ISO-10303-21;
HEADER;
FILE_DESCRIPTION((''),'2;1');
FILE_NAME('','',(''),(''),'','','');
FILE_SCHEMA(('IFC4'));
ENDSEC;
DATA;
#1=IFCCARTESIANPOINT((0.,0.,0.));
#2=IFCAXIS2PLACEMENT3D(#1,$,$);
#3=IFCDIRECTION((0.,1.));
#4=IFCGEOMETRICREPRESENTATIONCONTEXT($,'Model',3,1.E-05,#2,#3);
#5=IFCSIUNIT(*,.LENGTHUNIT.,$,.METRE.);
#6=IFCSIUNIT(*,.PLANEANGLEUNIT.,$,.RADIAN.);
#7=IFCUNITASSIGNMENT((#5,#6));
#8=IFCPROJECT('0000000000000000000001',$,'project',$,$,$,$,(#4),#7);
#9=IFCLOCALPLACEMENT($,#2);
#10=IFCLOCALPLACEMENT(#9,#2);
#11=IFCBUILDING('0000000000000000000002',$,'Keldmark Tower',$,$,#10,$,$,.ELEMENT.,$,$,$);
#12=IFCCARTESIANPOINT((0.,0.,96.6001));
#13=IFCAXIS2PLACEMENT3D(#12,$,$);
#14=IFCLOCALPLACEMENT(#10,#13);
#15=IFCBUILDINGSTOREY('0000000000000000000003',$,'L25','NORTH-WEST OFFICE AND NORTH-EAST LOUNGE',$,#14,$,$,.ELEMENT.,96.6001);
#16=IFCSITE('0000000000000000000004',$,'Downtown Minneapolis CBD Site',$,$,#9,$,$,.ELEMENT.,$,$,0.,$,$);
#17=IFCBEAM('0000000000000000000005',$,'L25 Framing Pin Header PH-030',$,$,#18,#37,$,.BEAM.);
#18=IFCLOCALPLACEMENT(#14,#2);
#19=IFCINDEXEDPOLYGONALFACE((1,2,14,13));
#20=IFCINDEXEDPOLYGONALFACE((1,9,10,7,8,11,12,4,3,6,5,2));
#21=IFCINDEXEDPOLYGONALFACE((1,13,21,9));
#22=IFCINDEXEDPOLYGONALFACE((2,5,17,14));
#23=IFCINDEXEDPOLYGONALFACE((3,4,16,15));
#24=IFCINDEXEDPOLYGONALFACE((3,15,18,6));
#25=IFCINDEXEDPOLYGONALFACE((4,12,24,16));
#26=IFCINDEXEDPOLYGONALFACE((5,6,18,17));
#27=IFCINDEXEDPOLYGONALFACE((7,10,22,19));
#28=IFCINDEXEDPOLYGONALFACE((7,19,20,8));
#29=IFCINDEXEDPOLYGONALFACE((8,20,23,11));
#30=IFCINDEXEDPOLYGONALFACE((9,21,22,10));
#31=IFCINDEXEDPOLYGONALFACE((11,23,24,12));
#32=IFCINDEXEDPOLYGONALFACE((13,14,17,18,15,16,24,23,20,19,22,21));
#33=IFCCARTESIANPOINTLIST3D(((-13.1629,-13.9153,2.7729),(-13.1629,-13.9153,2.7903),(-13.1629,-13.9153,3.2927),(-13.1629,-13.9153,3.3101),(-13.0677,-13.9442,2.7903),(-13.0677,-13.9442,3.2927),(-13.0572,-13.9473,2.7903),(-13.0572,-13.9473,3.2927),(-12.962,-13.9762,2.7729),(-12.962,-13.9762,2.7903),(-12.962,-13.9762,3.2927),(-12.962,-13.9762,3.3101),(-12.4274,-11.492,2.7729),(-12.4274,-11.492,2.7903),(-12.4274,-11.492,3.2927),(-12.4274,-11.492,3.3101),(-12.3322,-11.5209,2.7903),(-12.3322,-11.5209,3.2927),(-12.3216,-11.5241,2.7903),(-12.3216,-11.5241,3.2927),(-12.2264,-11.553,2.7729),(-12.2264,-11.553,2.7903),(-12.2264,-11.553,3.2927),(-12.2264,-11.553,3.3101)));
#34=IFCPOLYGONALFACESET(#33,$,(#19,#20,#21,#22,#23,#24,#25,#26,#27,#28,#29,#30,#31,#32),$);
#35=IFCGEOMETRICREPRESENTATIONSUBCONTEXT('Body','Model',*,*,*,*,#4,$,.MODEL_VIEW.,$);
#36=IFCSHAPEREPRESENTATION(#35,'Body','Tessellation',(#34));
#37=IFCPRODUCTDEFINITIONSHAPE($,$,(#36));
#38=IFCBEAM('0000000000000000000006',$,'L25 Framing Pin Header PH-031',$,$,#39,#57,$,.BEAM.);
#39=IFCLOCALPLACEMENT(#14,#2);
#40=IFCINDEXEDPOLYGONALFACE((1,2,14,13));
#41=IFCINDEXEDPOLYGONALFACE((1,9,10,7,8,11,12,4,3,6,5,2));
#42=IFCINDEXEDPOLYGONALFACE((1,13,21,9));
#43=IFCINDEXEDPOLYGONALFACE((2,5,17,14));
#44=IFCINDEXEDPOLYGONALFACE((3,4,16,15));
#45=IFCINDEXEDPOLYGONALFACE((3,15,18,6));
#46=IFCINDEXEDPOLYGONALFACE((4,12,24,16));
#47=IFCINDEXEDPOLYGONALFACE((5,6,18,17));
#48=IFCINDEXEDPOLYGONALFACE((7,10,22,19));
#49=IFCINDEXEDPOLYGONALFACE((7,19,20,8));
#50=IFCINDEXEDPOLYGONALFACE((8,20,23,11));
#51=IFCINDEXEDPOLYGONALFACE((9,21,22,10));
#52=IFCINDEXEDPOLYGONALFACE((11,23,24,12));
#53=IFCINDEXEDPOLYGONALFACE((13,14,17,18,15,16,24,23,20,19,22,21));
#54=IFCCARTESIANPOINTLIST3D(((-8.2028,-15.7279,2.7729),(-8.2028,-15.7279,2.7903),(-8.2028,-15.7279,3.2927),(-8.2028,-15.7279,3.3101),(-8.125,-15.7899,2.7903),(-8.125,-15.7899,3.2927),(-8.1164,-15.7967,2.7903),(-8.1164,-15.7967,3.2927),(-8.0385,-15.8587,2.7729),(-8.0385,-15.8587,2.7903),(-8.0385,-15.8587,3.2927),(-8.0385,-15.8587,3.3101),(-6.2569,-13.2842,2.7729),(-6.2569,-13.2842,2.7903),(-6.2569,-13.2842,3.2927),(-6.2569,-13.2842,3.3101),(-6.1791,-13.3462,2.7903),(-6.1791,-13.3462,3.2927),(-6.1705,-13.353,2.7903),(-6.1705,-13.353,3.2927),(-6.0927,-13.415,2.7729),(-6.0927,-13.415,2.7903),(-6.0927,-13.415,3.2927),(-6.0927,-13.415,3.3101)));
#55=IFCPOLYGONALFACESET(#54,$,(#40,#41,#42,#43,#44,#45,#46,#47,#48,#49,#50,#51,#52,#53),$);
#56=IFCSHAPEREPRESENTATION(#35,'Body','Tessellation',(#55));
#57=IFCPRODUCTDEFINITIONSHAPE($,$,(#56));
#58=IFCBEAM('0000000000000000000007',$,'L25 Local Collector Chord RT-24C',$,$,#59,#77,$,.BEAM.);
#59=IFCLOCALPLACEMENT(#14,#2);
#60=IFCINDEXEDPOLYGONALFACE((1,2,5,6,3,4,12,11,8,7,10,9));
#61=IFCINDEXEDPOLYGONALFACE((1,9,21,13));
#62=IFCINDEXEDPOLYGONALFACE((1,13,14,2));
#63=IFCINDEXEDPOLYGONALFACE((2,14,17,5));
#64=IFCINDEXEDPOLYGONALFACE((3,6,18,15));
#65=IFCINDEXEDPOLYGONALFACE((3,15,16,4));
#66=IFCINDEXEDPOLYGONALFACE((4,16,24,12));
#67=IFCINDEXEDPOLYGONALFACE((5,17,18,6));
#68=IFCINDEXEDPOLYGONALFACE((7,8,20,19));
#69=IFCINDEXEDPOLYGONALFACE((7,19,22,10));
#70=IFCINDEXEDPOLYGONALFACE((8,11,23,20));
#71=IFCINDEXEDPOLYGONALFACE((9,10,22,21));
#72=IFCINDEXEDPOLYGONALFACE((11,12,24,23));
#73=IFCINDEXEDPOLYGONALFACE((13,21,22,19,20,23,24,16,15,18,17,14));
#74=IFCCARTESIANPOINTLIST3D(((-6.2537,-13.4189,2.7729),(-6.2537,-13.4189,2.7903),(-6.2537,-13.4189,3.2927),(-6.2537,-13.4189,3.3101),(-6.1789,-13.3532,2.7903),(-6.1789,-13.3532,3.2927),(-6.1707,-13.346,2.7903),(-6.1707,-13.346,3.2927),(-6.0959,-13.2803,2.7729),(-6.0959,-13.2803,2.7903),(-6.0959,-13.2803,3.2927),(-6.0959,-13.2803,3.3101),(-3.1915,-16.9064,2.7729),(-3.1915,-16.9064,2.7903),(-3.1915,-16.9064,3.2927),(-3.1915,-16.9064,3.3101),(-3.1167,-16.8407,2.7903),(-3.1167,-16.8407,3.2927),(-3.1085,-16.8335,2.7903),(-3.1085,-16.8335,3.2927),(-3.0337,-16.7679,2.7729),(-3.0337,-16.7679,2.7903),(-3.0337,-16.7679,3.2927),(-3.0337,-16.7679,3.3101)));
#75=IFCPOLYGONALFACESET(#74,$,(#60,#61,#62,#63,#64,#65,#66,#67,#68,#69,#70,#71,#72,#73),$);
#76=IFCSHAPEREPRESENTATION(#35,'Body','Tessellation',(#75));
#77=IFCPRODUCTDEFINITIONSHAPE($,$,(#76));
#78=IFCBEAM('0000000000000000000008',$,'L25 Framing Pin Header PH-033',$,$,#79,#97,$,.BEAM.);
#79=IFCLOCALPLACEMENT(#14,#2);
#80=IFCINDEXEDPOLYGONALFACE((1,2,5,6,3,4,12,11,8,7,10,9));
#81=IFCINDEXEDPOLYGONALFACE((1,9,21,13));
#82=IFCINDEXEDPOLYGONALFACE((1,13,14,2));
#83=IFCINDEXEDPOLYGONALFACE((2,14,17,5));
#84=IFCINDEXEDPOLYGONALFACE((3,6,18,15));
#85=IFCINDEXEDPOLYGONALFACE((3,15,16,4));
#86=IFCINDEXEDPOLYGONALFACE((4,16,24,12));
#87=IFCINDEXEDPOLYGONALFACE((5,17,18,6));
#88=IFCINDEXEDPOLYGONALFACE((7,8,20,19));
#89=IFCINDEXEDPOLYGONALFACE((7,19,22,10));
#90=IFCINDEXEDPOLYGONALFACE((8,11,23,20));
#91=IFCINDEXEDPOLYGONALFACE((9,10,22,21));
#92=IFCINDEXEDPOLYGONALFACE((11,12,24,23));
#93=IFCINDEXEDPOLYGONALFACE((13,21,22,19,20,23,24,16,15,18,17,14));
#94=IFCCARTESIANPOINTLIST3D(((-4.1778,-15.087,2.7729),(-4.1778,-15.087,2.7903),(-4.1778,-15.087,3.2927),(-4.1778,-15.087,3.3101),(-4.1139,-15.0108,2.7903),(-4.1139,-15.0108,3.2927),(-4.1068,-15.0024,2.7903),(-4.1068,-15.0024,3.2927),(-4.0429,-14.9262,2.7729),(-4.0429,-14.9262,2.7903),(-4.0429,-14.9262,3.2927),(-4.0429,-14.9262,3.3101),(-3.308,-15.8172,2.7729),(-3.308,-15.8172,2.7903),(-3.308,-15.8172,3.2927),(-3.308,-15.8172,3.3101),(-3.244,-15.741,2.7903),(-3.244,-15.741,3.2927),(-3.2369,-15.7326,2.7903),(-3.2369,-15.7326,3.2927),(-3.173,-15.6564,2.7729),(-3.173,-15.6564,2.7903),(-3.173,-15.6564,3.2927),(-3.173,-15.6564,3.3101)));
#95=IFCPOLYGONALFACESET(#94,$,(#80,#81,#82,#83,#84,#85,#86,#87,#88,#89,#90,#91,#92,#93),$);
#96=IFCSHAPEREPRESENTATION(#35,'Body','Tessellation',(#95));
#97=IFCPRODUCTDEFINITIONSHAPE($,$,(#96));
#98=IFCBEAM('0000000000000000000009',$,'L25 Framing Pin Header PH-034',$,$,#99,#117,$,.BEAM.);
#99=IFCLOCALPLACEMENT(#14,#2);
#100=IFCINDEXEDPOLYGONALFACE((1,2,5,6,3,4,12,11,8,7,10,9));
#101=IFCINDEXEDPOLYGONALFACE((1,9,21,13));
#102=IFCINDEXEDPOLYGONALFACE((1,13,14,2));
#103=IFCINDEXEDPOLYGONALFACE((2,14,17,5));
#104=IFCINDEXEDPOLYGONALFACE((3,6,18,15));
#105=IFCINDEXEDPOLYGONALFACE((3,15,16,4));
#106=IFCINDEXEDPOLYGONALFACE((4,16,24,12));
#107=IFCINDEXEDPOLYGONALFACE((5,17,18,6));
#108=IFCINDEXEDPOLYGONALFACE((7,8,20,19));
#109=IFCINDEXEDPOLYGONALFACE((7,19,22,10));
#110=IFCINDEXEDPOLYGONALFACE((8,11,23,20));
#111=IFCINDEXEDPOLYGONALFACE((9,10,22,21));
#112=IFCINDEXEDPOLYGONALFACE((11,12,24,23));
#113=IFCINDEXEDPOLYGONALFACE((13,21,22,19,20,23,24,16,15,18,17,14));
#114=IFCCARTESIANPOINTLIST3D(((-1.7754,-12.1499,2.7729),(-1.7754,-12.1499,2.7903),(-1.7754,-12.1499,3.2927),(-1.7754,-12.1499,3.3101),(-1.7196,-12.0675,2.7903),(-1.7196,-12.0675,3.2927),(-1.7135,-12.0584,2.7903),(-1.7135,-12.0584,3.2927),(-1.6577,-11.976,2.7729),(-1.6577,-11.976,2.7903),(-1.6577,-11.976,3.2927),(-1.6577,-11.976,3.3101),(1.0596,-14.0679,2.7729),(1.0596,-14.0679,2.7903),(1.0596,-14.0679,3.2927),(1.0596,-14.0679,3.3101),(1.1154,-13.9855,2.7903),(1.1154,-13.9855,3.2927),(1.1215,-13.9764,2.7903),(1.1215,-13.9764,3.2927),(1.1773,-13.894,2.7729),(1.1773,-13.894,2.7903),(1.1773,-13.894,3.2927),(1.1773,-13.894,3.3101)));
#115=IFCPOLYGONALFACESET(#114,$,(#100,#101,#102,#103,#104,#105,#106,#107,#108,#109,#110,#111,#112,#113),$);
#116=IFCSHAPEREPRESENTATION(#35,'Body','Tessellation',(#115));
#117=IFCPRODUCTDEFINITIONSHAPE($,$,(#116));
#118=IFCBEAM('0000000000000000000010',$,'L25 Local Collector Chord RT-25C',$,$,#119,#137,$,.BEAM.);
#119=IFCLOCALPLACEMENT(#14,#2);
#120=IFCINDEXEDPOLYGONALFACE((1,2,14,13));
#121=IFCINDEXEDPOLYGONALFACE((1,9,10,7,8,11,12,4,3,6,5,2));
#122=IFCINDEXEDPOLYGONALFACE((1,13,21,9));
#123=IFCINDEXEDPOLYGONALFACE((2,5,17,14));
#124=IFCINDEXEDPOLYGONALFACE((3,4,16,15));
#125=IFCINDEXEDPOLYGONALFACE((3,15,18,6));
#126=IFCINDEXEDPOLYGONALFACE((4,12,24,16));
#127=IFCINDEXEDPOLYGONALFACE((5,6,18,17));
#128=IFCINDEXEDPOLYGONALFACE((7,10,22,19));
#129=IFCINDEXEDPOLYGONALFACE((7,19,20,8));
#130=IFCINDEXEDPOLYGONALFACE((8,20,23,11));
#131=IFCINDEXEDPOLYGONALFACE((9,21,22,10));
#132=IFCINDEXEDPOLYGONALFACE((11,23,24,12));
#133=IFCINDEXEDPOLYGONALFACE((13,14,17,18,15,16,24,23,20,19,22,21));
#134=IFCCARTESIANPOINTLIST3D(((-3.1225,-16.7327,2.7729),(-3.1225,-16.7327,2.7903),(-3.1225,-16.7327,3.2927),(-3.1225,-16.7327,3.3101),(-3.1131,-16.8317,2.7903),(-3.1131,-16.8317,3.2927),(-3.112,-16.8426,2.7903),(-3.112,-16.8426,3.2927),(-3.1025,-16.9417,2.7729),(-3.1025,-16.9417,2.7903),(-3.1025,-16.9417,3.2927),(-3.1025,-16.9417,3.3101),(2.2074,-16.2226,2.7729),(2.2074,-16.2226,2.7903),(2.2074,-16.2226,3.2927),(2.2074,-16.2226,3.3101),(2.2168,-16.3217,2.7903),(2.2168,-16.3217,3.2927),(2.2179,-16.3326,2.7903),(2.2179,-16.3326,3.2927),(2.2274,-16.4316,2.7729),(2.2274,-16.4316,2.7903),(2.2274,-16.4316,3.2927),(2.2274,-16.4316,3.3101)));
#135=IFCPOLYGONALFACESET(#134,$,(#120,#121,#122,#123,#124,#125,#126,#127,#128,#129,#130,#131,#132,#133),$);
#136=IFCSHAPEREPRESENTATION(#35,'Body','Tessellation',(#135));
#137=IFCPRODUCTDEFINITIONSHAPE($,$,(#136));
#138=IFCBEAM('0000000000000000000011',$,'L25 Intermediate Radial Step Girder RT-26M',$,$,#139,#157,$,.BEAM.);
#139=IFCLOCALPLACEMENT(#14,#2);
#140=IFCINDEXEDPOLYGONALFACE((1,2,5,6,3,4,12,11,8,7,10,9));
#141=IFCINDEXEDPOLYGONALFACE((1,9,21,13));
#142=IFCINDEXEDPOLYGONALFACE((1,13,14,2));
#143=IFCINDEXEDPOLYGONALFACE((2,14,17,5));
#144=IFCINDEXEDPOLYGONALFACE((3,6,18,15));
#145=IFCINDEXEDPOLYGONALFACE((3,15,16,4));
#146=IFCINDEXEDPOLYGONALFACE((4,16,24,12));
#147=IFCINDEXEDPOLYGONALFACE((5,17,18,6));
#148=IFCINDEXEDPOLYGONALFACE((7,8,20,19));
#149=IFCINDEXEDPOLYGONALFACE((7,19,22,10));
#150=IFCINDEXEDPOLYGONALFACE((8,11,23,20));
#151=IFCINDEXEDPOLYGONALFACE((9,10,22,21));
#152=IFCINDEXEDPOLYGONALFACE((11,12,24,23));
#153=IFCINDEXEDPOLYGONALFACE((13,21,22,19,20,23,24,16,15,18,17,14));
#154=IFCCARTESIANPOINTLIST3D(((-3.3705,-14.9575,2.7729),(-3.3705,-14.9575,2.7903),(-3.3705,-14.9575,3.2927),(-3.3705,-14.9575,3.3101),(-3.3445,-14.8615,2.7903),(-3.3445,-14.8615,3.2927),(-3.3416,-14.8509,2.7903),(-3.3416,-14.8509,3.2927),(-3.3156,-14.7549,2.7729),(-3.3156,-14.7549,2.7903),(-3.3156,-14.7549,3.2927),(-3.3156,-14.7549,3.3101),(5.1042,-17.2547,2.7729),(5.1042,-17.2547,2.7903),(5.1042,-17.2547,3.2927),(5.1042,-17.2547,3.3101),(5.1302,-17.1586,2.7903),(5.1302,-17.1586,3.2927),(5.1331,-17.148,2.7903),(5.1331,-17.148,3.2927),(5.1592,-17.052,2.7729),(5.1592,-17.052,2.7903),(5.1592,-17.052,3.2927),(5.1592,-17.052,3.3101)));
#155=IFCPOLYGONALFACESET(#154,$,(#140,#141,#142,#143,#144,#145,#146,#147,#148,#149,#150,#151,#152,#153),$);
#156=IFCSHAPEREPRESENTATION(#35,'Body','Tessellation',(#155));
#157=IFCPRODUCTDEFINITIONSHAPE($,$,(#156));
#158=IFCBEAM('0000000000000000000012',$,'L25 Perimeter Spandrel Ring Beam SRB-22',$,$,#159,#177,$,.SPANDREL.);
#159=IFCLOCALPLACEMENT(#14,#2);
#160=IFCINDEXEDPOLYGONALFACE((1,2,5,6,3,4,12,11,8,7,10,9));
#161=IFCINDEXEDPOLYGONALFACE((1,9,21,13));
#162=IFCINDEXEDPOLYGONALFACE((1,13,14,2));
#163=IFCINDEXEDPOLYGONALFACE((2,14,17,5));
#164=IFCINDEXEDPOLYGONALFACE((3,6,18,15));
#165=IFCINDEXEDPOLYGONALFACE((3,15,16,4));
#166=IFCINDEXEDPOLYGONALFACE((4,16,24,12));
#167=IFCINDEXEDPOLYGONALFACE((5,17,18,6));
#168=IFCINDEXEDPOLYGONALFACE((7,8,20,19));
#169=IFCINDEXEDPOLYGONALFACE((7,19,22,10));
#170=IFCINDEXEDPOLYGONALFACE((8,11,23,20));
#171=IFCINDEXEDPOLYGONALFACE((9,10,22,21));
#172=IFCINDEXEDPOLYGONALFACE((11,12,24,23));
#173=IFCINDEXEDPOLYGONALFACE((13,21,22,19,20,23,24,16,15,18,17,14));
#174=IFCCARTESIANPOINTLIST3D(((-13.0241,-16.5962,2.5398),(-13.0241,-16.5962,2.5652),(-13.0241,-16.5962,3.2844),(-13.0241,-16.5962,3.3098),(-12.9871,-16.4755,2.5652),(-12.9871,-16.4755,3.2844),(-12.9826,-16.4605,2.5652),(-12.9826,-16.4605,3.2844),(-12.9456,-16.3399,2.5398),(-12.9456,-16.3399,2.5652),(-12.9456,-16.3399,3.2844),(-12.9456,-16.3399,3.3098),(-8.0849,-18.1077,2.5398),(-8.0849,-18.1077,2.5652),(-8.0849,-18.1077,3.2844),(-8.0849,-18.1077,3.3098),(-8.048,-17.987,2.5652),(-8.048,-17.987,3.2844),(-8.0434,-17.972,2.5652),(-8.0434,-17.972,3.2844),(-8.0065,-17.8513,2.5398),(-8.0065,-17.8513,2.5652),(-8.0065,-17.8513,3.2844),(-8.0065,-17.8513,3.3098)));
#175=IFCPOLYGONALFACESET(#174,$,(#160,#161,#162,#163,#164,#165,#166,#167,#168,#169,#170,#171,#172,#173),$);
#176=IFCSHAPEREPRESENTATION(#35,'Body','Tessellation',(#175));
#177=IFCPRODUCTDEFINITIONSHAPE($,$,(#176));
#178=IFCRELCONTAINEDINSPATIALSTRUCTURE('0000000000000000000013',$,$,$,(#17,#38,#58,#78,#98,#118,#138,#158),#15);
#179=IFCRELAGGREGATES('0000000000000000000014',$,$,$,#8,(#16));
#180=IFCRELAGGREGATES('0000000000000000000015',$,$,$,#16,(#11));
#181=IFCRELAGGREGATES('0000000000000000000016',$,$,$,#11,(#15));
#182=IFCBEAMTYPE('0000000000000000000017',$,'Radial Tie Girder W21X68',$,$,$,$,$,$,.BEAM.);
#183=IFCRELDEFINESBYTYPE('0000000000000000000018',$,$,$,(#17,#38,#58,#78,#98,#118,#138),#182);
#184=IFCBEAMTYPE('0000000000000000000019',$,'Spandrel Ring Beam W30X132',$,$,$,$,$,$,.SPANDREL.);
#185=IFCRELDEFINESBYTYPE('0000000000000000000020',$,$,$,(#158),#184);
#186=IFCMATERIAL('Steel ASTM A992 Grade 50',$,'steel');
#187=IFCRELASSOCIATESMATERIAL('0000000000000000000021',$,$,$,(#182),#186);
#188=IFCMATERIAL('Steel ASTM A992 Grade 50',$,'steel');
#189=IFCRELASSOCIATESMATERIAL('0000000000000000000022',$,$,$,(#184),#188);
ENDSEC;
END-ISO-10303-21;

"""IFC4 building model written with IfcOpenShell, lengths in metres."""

from ifc_helpers import new_model, si_unit, direction, frame, origin, origin_2d, place, context, subcontext, project, spatial, i_section, extrude, material, material_profile, profile_set, type_object, element, save


model = new_model("IFC4")

# Units and contexts
model_context = context("Model", 3, precision=1e-05, world=origin(), true_north=direction((0.0, 1.0)))
body_context = subcontext(model_context, "Body", "Model", "MODEL_VIEW")
ifc_project = project(units=[si_unit("LENGTHUNIT", "METRE"), si_unit("PLANEANGLEUNIT", "RADIAN")], contexts=[model_context])

# Site, building, storey
site_placement = place(None, origin())
site = spatial("IfcSite", under=ifc_project, at=site_placement, Name="Downtown Minneapolis CBD Site", CompositionType="ELEMENT", RefElevation=0.0)
building_placement = place(site_placement, origin())
building = spatial("IfcBuilding", under=site, at=building_placement, Name="Keldmark Tower", CompositionType="ELEMENT")
storey_placement = place(building_placement, frame((0.0, 0.0, 96.6001)))
storey = spatial("IfcBuildingStorey", under=building, at=storey_placement, Name="L25", Description="NORTH-WEST OFFICE AND NORTH-EAST LOUNGE", CompositionType="ELEMENT", Elevation=96.6001)

# Beams
ifc_material_1 = material(Name="Steel ASTM A992 Grade 50", Category="steel")
ifc_material_profile_1 = material_profile(ifc_material_1, i_section(OverallWidth=0.21, OverallDepth=0.5371, WebThickness=0.011, FlangeThickness=0.0173, at=origin_2d()), Name="W21X68")
ifc_profile_set_1 = profile_set([ifc_material_profile_1], Name="Steel ASTM A992 Grade 50")
beam_type_1 = type_object("IfcBeamType", Name="Radial Tie Girder W21X68", PredefinedType="BEAM", material=ifc_profile_set_1)
beam_1_placement = place(storey_placement, frame((-12.3269, -11.5225, 3.0415), z_axis=(-0.29046, -0.956887, 0.0), x_axis=(0.956887, -0.29046, 0.0)))
element("IfcBeam", 1, at=beam_1_placement, inside=storey, type_object=beam_type_1, Name="L25 Framing Pin Header PH-030", PredefinedType="BEAM", context=body_context, shape_type="SweptSolid", body=[
    extrude(i_section(OverallWidth=0.21, OverallDepth=0.5371, WebThickness=0.011, FlangeThickness=0.0173, at=origin_2d()), origin(), (0.0, 0.0, 1.0), 2.5325),
])
beam_2_placement = place(storey_placement, frame((-6.1748, -13.3496, 3.0415), z_axis=(-0.622921, -0.782285, 0.0), x_axis=(0.782285, -0.622921, 0.0)))
element("IfcBeam", 2, at=beam_2_placement, inside=storey, type_object=beam_type_1, Name="L25 Framing Pin Header PH-031", PredefinedType="BEAM", context=body_context, shape_type="SweptSolid", body=[
    extrude(i_section(OverallWidth=0.21, OverallDepth=0.5371, WebThickness=0.011, FlangeThickness=0.0173, at=origin_2d()), origin(), (0.0, 0.0, 1.0), 3.1238),
])
beam_3_placement = place(storey_placement, frame((-6.1748, -13.3496, 3.0415), z_axis=(0.659803, -0.751438, 0.0), x_axis=(0.751438, 0.659803, 0.0)))
element("IfcBeam", 3, at=beam_3_placement, inside=storey, type_object=beam_type_1, Name="L25 Local Collector Chord RT-24C", PredefinedType="BEAM", context=body_context, shape_type="SweptSolid", body=[
    extrude(i_section(OverallWidth=0.21, OverallDepth=0.5371, WebThickness=0.011, FlangeThickness=0.0173, at=origin_2d()), origin(), (0.0, 0.0, 1.0), 4.6411),
])
beam_4_placement = place(storey_placement, frame((-4.1104, -15.0066, 3.0415), z_axis=(0.765908, -0.64295, 0.0), x_axis=(0.64295, 0.765908, 0.0)))
element("IfcBeam", 4, at=beam_4_placement, inside=storey, type_object=beam_type_1, Name="L25 Framing Pin Header PH-033", PredefinedType="BEAM", context=body_context, shape_type="SweptSolid", body=[
    extrude(i_section(OverallWidth=0.21, OverallDepth=0.5371, WebThickness=0.011, FlangeThickness=0.0173, at=origin_2d()), origin(), (0.0, 0.0, 1.0), 1.1357),
])
beam_5_placement = place(storey_placement, frame((-1.7166, -12.063, 3.0415), z_axis=(0.828256, -0.56035, 0.0), x_axis=(0.56035, 0.828256, 0.0)))
element("IfcBeam", 5, at=beam_5_placement, inside=storey, type_object=beam_type_1, Name="L25 Framing Pin Header PH-034", PredefinedType="BEAM", context=body_context, shape_type="SweptSolid", body=[
    extrude(i_section(OverallWidth=0.21, OverallDepth=0.5371, WebThickness=0.011, FlangeThickness=0.0173, at=origin_2d()), origin(), (0.0, 0.0, 1.0), 3.4229),
])
beam_6_placement = place(storey_placement, frame((-3.1125, -16.8372, 3.0415), z_axis=(0.995453, 0.095255, 0.0), x_axis=(-0.095255, 0.995453, 0.0)))
element("IfcBeam", 6, at=beam_6_placement, inside=storey, type_object=beam_type_1, Name="L25 Local Collector Chord RT-25C", PredefinedType="BEAM", context=body_context, shape_type="SweptSolid", body=[
    extrude(i_section(OverallWidth=0.21, OverallDepth=0.5371, WebThickness=0.011, FlangeThickness=0.0173, at=origin_2d()), origin(), (0.0, 0.0, 1.0), 5.3542),
])
beam_7_placement = place(storey_placement, frame((-3.343, -14.8562, 3.0415), z_axis=(0.965171, -0.261618, 0.0), x_axis=(0.261618, 0.965171, 0.0)))
element("IfcBeam", 7, at=beam_7_placement, inside=storey, type_object=beam_type_1, Name="L25 Intermediate Radial Step Girder RT-26M", PredefinedType="BEAM", context=body_context, shape_type="SweptSolid", body=[
    extrude(i_section(OverallWidth=0.21, OverallDepth=0.5371, WebThickness=0.011, FlangeThickness=0.0173, at=origin_2d()), origin(), (0.0, 0.0, 1.0), 8.7805),
])
ifc_material_2 = material(Name="Steel ASTM A992 Grade 50", Category="steel")
ifc_material_profile_2 = material_profile(ifc_material_2, i_section(OverallWidth=0.2681, OverallDepth=0.77, WebThickness=0.0156, FlangeThickness=0.0254, at=origin_2d()), Name="W30X132")
ifc_profile_set_2 = profile_set([ifc_material_profile_2], Name="Steel ASTM A992 Grade 50")
beam_type_2 = type_object("IfcBeamType", Name="Spandrel Ring Beam W30X132", PredefinedType="SPANDREL", material=ifc_profile_set_2)
beam_8_placement = place(storey_placement, frame((-12.9849, -16.468, 2.9248), z_axis=(0.956229, -0.292621, 0.0), x_axis=(0.292621, 0.956229, 0.0)))
element("IfcBeam", 8, at=beam_8_placement, inside=storey, type_object=beam_type_2, Name="L25 Perimeter Spandrel Ring Beam SRB-22", PredefinedType="SPANDREL", context=body_context, shape_type="SweptSolid", body=[
    extrude(i_section(OverallWidth=0.2681, OverallDepth=0.77, WebThickness=0.0156, FlangeThickness=0.0254, at=origin_2d()), origin(), (0.0, 0.0, 1.0), 5.1653),
])

save(model, "model.ifc")
